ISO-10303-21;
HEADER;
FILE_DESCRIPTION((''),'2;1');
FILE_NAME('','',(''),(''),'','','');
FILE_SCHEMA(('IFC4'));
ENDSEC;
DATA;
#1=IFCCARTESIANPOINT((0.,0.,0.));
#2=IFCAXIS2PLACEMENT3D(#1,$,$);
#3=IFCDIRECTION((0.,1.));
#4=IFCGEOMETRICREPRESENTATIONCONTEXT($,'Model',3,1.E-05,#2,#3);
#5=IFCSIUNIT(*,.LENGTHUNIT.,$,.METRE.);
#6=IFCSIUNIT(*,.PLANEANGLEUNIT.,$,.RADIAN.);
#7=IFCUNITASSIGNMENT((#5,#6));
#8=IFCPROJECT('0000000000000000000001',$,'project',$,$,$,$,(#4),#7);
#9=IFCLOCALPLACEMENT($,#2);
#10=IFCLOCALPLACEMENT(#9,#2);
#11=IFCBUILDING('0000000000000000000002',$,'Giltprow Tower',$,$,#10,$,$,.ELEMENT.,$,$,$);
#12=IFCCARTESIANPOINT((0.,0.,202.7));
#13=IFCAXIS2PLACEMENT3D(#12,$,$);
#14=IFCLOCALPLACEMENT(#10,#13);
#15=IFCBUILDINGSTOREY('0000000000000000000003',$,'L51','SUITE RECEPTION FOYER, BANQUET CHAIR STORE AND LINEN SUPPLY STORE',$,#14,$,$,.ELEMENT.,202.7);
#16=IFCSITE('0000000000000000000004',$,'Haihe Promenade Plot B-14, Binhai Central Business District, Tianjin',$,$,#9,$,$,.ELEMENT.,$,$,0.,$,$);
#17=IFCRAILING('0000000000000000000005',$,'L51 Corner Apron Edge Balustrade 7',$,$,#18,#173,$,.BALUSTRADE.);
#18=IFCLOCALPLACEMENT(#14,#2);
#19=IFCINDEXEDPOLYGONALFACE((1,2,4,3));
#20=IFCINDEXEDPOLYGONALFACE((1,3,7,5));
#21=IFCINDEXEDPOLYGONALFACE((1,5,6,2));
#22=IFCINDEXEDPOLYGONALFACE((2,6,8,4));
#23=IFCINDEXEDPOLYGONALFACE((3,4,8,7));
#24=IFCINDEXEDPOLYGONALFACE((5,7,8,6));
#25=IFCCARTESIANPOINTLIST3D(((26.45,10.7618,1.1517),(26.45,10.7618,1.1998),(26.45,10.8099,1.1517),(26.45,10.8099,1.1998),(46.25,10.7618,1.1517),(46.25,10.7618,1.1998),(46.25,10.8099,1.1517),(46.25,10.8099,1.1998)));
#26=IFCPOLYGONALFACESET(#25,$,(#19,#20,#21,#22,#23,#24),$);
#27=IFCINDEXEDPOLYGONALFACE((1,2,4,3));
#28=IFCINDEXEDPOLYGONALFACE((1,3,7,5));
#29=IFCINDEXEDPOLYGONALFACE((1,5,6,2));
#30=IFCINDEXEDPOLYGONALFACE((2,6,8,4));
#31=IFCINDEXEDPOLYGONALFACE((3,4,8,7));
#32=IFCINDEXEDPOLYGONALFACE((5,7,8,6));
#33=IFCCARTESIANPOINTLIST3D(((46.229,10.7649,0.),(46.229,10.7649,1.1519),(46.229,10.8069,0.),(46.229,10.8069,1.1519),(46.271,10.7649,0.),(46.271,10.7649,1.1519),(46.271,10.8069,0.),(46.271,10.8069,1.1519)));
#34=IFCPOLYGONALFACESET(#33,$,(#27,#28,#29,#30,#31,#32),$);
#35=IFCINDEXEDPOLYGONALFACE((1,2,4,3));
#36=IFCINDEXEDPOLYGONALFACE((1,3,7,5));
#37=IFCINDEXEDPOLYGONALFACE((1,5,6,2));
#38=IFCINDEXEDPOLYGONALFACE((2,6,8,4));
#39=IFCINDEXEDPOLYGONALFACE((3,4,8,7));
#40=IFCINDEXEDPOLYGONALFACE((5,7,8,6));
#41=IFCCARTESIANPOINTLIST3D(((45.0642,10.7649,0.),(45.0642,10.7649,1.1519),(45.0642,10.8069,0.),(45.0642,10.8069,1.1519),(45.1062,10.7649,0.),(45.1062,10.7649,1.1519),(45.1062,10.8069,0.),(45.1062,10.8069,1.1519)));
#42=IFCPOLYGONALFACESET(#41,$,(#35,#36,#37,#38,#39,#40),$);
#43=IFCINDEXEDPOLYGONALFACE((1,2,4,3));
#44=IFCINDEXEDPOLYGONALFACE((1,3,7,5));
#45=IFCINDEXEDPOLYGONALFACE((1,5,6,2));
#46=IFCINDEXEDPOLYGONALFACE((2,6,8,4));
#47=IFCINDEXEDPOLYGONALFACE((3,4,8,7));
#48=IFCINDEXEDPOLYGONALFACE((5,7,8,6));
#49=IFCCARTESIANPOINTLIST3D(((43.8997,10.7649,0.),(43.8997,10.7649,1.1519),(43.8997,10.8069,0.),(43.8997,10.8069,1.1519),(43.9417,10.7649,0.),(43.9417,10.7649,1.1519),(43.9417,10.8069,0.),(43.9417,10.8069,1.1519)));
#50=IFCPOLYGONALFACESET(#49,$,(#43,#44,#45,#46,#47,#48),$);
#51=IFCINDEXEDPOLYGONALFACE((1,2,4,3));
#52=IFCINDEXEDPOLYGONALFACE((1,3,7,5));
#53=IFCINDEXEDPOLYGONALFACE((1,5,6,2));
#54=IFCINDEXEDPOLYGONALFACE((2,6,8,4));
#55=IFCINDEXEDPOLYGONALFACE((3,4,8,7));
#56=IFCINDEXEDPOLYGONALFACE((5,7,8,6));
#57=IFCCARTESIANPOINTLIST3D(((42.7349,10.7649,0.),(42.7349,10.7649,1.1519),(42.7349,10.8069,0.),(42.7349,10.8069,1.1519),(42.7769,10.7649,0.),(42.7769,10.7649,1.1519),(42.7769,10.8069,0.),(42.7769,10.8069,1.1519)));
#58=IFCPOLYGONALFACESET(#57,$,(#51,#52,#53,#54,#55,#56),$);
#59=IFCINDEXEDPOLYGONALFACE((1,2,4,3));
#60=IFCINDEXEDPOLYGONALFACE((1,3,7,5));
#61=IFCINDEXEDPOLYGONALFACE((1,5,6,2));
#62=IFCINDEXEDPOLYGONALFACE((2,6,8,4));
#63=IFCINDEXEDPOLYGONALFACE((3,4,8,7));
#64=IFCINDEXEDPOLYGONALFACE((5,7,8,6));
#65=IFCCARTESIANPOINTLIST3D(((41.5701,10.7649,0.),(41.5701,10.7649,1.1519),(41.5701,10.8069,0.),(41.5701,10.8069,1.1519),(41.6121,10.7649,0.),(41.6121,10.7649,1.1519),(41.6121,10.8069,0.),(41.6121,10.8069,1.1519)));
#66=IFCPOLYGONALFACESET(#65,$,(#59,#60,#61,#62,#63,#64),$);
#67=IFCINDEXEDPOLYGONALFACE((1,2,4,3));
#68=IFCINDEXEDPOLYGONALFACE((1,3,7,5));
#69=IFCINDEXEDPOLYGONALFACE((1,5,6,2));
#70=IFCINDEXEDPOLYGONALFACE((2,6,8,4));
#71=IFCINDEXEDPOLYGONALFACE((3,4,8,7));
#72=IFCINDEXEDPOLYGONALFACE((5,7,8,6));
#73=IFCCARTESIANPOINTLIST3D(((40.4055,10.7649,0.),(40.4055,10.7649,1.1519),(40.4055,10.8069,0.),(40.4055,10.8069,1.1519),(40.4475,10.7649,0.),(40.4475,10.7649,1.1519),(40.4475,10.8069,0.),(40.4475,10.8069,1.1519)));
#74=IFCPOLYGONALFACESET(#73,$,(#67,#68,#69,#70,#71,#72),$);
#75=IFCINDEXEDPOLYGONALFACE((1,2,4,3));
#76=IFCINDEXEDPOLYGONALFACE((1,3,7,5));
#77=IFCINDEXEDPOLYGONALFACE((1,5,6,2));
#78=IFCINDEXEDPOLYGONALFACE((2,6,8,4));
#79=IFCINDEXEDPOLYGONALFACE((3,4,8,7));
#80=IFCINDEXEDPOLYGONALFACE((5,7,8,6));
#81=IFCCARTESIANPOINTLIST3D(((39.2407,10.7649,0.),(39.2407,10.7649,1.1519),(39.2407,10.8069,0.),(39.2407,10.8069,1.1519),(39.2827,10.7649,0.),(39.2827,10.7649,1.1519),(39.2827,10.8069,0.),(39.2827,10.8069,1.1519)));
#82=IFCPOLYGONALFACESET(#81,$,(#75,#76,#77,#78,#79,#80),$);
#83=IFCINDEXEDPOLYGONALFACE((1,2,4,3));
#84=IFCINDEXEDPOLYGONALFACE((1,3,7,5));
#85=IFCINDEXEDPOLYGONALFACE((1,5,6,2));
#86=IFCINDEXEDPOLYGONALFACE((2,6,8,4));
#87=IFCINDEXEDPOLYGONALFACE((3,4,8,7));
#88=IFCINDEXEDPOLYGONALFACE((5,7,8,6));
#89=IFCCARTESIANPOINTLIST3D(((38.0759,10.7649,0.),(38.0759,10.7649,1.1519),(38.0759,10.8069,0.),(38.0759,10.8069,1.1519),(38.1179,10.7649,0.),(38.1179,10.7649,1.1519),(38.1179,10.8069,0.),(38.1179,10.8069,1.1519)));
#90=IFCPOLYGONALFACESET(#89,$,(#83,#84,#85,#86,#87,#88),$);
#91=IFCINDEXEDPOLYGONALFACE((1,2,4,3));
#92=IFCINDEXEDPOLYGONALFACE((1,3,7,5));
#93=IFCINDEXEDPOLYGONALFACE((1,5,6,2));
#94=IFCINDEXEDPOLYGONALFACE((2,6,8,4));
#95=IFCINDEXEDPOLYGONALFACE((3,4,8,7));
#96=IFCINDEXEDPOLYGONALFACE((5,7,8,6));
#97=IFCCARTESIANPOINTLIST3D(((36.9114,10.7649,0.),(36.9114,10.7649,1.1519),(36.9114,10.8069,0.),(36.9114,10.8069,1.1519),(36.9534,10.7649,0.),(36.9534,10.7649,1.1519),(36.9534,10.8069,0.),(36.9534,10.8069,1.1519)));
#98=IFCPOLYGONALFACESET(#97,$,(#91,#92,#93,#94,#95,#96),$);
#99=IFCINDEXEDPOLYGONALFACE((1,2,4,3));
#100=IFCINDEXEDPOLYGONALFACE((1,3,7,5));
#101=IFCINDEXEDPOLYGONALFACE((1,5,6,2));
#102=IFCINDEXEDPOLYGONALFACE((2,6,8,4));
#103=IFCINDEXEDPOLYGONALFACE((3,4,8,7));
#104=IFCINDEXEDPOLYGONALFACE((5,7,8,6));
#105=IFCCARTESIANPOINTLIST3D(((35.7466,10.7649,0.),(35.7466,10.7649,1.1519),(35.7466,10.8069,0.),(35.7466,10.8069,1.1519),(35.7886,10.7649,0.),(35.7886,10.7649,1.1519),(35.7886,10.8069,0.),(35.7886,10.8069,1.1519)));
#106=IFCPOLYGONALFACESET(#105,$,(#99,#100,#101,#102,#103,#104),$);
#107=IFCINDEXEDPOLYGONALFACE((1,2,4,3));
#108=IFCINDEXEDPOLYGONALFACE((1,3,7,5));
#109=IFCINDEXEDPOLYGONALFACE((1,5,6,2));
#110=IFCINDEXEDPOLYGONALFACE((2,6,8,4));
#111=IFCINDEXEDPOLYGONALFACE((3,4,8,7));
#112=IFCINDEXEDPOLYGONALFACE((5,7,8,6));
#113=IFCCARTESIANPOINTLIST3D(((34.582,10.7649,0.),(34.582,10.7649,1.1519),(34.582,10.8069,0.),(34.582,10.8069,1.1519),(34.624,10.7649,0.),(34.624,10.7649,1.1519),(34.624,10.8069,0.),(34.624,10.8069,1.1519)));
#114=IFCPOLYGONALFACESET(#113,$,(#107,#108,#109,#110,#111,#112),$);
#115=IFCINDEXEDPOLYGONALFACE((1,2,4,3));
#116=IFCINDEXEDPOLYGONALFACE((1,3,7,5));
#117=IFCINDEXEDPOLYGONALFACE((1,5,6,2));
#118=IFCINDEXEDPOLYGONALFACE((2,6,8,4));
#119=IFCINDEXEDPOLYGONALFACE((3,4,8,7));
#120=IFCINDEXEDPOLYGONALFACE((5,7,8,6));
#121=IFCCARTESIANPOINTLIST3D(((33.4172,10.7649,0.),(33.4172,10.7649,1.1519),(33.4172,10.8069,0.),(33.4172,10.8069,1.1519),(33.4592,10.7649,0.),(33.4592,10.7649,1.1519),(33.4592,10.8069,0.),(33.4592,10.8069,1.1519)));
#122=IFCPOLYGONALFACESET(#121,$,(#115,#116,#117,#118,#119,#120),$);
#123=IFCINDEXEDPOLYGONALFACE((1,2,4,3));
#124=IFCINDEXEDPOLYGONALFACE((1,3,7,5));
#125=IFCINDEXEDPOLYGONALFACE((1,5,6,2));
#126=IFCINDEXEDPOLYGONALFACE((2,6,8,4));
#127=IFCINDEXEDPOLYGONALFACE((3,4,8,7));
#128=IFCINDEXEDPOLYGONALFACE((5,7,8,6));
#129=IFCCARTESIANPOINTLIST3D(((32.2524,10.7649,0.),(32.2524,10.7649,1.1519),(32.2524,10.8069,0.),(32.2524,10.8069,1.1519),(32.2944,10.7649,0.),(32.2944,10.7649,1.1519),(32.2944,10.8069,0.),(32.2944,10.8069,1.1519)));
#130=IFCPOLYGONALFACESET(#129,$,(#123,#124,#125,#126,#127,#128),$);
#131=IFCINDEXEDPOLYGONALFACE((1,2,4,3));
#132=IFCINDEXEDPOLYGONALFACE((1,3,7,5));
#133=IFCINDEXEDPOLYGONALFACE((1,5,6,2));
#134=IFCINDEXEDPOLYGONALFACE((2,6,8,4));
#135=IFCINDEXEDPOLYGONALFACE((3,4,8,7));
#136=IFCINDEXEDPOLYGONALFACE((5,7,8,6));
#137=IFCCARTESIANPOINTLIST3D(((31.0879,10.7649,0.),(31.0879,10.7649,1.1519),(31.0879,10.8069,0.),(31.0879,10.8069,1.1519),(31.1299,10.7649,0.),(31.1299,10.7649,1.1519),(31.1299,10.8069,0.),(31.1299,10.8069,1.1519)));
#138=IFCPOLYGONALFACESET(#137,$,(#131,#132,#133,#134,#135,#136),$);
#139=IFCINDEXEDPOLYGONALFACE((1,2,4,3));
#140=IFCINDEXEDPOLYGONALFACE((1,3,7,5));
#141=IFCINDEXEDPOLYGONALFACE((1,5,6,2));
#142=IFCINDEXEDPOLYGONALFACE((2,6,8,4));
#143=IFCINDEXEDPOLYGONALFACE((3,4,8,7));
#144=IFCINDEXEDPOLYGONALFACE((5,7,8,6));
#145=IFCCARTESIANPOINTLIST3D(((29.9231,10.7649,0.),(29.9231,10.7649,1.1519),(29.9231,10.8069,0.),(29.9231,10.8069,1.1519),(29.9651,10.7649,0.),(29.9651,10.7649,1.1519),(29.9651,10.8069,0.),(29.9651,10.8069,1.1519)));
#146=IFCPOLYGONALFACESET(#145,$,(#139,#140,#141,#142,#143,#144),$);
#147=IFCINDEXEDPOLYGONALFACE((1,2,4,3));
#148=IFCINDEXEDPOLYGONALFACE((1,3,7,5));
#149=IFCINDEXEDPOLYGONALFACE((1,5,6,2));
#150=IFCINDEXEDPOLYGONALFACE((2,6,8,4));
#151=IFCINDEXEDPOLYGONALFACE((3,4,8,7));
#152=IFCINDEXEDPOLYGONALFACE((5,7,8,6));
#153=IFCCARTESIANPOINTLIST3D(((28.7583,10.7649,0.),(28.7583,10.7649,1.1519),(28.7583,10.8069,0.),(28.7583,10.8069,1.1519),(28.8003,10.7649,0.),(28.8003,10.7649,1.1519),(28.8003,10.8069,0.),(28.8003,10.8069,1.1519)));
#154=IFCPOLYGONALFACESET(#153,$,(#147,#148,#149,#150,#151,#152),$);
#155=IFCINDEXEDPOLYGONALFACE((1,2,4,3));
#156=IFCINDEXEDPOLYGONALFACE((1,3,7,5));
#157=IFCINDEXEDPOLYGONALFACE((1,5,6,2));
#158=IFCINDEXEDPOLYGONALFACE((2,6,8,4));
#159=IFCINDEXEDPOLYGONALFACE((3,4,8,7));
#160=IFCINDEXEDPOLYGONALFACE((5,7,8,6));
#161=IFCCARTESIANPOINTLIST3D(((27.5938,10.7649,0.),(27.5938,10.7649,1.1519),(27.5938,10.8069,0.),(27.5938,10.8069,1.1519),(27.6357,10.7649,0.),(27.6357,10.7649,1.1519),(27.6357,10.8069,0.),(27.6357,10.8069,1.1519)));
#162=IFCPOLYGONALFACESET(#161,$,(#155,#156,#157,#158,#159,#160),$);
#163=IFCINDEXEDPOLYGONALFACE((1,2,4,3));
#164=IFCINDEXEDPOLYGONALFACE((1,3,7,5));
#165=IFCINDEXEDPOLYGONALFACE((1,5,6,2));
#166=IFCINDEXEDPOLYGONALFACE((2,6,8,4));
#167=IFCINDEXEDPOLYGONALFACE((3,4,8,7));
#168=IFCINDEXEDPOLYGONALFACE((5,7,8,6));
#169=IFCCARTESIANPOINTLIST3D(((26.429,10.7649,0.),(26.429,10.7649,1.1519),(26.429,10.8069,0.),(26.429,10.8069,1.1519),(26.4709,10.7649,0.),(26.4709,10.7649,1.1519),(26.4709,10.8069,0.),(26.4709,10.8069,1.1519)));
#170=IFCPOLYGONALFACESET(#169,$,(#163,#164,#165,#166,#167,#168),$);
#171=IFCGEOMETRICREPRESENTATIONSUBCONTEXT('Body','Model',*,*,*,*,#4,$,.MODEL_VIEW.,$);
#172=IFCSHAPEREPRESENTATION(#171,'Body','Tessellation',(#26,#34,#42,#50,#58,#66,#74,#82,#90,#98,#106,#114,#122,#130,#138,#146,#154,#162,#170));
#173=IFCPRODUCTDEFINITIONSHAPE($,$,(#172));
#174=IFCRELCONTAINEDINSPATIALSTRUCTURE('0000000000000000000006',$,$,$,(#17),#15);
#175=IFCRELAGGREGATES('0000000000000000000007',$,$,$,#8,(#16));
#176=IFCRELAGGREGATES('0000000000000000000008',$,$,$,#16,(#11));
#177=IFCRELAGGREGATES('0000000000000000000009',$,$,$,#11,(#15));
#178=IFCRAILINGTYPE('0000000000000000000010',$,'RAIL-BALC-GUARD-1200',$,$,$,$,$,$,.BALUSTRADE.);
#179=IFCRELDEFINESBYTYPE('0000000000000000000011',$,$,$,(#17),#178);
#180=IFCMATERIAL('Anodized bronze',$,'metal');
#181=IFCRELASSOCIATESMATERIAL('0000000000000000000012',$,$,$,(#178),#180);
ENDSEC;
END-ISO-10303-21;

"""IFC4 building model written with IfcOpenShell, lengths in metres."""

from ifc_helpers import new_model, si_unit, direction, frame, origin, origin_2d, place, context, subcontext, project, spatial, rectangle, extrude, material, type_object, element, save


model = new_model("IFC4")

# Units and contexts
model_context = context("Model", 3, precision=1e-05, world=origin(), true_north=direction((0.0, 1.0)))
body_context = subcontext(model_context, "Body", "Model", "MODEL_VIEW")
ifc_project = project(units=[si_unit("LENGTHUNIT", "METRE"), si_unit("PLANEANGLEUNIT", "RADIAN")], contexts=[model_context])

# Site, building, storey
site_placement = place(None, origin())
site = spatial("IfcSite", under=ifc_project, at=site_placement, Name="Haihe Promenade Plot B-14, Binhai Central Business District, Tianjin", CompositionType="ELEMENT", RefElevation=0.0)
building_placement = place(site_placement, origin())
building = spatial("IfcBuilding", under=site, at=building_placement, Name="Giltprow Tower", CompositionType="ELEMENT")
storey_placement = place(building_placement, frame((0.0, 0.0, 202.7)))
storey = spatial("IfcBuildingStorey", under=building, at=storey_placement, Name="L51", Description="SUITE RECEPTION FOYER, BANQUET CHAIR STORE AND LINEN SUPPLY STORE", CompositionType="ELEMENT", Elevation=202.7)

# Shared definitions
ifc_material_1 = material(Name="Anodized bronze", Category="metal")

# Railing
railing_type = type_object("IfcRailingType", Name="RAIL-BALC-GUARD-1200", PredefinedType="BALUSTRADE", material=ifc_material_1)
railing_1_placement = place(storey_placement, frame((46.25, 10.7859, 0.0)))
element("IfcRailing", 1, at=railing_1_placement, inside=storey, type_object=railing_type, Name="L51 Corner Apron Edge Balustrade 7", PredefinedType="BALUSTRADE", context=body_context, shape_type="SweptSolid", body=[
    extrude(rectangle(XDim=0.0481, YDim=0.0481, at=origin_2d()), frame((0.0, 0.0, 1.1758), z_axis=(-1.0, 0.0, 0.0), x_axis=(0.0, -1.0, 0.0)), (0.0, 0.0, 1.0), 19.8),
    extrude(rectangle(XDim=0.042, YDim=0.042, at=origin_2d()), origin(), (0.0, 0.0, 1.0), 1.1519),
    extrude(rectangle(XDim=0.042, YDim=0.042, at=origin_2d()), frame((-1.1648, 0.0, 0.0)), (0.0, 0.0, 1.0), 1.1519),
    extrude(rectangle(XDim=0.042, YDim=0.042, at=origin_2d()), frame((-2.3293, 0.0, 0.0)), (0.0, 0.0, 1.0), 1.1519),
    extrude(rectangle(XDim=0.042, YDim=0.042, at=origin_2d()), frame((-3.4941, 0.0, 0.0)), (0.0, 0.0, 1.0), 1.1519),
    extrude(rectangle(XDim=0.042, YDim=0.042, at=origin_2d()), frame((-4.6589, 0.0, 0.0)), (0.0, 0.0, 1.0), 1.1519),
    extrude(rectangle(XDim=0.042, YDim=0.042, at=origin_2d()), frame((-5.8235, 0.0, 0.0)), (0.0, 0.0, 1.0), 1.1519),
    extrude(rectangle(XDim=0.042, YDim=0.042, at=origin_2d()), frame((-6.9883, 0.0, 0.0)), (0.0, 0.0, 1.0), 1.1519),
    extrude(rectangle(XDim=0.042, YDim=0.042, at=origin_2d()), frame((-8.1531, 0.0, 0.0)), (0.0, 0.0, 1.0), 1.1519),
    extrude(rectangle(XDim=0.042, YDim=0.042, at=origin_2d()), frame((-9.3176, 0.0, 0.0)), (0.0, 0.0, 1.0), 1.1519),
    extrude(rectangle(XDim=0.042, YDim=0.042, at=origin_2d()), frame((-10.4824, 0.0, 0.0)), (0.0, 0.0, 1.0), 1.1519),
    extrude(rectangle(XDim=0.042, YDim=0.042, at=origin_2d()), frame((-11.647, 0.0, 0.0)), (0.0, 0.0, 1.0), 1.1519),
    extrude(rectangle(XDim=0.042, YDim=0.042, at=origin_2d()), frame((-12.8118, 0.0, 0.0)), (0.0, 0.0, 1.0), 1.1519),
    extrude(rectangle(XDim=0.042, YDim=0.042, at=origin_2d()), frame((-13.9766, 0.0, 0.0)), (0.0, 0.0, 1.0), 1.1519),
    extrude(rectangle(XDim=0.042, YDim=0.042, at=origin_2d()), frame((-15.1411, 0.0, 0.0)), (0.0, 0.0, 1.0), 1.1519),
    extrude(rectangle(XDim=0.042, YDim=0.042, at=origin_2d()), frame((-16.3059, 0.0, 0.0)), (0.0, 0.0, 1.0), 1.1519),
    extrude(rectangle(XDim=0.042, YDim=0.042, at=origin_2d()), frame((-17.4707, 0.0, 0.0)), (0.0, 0.0, 1.0), 1.1519),
    extrude(rectangle(XDim=0.042, YDim=0.042, at=origin_2d()), frame((-18.6353, 0.0, 0.0)), (0.0, 0.0, 1.0), 1.1519),
    extrude(rectangle(XDim=0.042, YDim=0.042, at=origin_2d()), frame((-19.8, 0.0, 0.0)), (0.0, 0.0, 1.0), 1.1519),
])

save(model, "model.ifc")
